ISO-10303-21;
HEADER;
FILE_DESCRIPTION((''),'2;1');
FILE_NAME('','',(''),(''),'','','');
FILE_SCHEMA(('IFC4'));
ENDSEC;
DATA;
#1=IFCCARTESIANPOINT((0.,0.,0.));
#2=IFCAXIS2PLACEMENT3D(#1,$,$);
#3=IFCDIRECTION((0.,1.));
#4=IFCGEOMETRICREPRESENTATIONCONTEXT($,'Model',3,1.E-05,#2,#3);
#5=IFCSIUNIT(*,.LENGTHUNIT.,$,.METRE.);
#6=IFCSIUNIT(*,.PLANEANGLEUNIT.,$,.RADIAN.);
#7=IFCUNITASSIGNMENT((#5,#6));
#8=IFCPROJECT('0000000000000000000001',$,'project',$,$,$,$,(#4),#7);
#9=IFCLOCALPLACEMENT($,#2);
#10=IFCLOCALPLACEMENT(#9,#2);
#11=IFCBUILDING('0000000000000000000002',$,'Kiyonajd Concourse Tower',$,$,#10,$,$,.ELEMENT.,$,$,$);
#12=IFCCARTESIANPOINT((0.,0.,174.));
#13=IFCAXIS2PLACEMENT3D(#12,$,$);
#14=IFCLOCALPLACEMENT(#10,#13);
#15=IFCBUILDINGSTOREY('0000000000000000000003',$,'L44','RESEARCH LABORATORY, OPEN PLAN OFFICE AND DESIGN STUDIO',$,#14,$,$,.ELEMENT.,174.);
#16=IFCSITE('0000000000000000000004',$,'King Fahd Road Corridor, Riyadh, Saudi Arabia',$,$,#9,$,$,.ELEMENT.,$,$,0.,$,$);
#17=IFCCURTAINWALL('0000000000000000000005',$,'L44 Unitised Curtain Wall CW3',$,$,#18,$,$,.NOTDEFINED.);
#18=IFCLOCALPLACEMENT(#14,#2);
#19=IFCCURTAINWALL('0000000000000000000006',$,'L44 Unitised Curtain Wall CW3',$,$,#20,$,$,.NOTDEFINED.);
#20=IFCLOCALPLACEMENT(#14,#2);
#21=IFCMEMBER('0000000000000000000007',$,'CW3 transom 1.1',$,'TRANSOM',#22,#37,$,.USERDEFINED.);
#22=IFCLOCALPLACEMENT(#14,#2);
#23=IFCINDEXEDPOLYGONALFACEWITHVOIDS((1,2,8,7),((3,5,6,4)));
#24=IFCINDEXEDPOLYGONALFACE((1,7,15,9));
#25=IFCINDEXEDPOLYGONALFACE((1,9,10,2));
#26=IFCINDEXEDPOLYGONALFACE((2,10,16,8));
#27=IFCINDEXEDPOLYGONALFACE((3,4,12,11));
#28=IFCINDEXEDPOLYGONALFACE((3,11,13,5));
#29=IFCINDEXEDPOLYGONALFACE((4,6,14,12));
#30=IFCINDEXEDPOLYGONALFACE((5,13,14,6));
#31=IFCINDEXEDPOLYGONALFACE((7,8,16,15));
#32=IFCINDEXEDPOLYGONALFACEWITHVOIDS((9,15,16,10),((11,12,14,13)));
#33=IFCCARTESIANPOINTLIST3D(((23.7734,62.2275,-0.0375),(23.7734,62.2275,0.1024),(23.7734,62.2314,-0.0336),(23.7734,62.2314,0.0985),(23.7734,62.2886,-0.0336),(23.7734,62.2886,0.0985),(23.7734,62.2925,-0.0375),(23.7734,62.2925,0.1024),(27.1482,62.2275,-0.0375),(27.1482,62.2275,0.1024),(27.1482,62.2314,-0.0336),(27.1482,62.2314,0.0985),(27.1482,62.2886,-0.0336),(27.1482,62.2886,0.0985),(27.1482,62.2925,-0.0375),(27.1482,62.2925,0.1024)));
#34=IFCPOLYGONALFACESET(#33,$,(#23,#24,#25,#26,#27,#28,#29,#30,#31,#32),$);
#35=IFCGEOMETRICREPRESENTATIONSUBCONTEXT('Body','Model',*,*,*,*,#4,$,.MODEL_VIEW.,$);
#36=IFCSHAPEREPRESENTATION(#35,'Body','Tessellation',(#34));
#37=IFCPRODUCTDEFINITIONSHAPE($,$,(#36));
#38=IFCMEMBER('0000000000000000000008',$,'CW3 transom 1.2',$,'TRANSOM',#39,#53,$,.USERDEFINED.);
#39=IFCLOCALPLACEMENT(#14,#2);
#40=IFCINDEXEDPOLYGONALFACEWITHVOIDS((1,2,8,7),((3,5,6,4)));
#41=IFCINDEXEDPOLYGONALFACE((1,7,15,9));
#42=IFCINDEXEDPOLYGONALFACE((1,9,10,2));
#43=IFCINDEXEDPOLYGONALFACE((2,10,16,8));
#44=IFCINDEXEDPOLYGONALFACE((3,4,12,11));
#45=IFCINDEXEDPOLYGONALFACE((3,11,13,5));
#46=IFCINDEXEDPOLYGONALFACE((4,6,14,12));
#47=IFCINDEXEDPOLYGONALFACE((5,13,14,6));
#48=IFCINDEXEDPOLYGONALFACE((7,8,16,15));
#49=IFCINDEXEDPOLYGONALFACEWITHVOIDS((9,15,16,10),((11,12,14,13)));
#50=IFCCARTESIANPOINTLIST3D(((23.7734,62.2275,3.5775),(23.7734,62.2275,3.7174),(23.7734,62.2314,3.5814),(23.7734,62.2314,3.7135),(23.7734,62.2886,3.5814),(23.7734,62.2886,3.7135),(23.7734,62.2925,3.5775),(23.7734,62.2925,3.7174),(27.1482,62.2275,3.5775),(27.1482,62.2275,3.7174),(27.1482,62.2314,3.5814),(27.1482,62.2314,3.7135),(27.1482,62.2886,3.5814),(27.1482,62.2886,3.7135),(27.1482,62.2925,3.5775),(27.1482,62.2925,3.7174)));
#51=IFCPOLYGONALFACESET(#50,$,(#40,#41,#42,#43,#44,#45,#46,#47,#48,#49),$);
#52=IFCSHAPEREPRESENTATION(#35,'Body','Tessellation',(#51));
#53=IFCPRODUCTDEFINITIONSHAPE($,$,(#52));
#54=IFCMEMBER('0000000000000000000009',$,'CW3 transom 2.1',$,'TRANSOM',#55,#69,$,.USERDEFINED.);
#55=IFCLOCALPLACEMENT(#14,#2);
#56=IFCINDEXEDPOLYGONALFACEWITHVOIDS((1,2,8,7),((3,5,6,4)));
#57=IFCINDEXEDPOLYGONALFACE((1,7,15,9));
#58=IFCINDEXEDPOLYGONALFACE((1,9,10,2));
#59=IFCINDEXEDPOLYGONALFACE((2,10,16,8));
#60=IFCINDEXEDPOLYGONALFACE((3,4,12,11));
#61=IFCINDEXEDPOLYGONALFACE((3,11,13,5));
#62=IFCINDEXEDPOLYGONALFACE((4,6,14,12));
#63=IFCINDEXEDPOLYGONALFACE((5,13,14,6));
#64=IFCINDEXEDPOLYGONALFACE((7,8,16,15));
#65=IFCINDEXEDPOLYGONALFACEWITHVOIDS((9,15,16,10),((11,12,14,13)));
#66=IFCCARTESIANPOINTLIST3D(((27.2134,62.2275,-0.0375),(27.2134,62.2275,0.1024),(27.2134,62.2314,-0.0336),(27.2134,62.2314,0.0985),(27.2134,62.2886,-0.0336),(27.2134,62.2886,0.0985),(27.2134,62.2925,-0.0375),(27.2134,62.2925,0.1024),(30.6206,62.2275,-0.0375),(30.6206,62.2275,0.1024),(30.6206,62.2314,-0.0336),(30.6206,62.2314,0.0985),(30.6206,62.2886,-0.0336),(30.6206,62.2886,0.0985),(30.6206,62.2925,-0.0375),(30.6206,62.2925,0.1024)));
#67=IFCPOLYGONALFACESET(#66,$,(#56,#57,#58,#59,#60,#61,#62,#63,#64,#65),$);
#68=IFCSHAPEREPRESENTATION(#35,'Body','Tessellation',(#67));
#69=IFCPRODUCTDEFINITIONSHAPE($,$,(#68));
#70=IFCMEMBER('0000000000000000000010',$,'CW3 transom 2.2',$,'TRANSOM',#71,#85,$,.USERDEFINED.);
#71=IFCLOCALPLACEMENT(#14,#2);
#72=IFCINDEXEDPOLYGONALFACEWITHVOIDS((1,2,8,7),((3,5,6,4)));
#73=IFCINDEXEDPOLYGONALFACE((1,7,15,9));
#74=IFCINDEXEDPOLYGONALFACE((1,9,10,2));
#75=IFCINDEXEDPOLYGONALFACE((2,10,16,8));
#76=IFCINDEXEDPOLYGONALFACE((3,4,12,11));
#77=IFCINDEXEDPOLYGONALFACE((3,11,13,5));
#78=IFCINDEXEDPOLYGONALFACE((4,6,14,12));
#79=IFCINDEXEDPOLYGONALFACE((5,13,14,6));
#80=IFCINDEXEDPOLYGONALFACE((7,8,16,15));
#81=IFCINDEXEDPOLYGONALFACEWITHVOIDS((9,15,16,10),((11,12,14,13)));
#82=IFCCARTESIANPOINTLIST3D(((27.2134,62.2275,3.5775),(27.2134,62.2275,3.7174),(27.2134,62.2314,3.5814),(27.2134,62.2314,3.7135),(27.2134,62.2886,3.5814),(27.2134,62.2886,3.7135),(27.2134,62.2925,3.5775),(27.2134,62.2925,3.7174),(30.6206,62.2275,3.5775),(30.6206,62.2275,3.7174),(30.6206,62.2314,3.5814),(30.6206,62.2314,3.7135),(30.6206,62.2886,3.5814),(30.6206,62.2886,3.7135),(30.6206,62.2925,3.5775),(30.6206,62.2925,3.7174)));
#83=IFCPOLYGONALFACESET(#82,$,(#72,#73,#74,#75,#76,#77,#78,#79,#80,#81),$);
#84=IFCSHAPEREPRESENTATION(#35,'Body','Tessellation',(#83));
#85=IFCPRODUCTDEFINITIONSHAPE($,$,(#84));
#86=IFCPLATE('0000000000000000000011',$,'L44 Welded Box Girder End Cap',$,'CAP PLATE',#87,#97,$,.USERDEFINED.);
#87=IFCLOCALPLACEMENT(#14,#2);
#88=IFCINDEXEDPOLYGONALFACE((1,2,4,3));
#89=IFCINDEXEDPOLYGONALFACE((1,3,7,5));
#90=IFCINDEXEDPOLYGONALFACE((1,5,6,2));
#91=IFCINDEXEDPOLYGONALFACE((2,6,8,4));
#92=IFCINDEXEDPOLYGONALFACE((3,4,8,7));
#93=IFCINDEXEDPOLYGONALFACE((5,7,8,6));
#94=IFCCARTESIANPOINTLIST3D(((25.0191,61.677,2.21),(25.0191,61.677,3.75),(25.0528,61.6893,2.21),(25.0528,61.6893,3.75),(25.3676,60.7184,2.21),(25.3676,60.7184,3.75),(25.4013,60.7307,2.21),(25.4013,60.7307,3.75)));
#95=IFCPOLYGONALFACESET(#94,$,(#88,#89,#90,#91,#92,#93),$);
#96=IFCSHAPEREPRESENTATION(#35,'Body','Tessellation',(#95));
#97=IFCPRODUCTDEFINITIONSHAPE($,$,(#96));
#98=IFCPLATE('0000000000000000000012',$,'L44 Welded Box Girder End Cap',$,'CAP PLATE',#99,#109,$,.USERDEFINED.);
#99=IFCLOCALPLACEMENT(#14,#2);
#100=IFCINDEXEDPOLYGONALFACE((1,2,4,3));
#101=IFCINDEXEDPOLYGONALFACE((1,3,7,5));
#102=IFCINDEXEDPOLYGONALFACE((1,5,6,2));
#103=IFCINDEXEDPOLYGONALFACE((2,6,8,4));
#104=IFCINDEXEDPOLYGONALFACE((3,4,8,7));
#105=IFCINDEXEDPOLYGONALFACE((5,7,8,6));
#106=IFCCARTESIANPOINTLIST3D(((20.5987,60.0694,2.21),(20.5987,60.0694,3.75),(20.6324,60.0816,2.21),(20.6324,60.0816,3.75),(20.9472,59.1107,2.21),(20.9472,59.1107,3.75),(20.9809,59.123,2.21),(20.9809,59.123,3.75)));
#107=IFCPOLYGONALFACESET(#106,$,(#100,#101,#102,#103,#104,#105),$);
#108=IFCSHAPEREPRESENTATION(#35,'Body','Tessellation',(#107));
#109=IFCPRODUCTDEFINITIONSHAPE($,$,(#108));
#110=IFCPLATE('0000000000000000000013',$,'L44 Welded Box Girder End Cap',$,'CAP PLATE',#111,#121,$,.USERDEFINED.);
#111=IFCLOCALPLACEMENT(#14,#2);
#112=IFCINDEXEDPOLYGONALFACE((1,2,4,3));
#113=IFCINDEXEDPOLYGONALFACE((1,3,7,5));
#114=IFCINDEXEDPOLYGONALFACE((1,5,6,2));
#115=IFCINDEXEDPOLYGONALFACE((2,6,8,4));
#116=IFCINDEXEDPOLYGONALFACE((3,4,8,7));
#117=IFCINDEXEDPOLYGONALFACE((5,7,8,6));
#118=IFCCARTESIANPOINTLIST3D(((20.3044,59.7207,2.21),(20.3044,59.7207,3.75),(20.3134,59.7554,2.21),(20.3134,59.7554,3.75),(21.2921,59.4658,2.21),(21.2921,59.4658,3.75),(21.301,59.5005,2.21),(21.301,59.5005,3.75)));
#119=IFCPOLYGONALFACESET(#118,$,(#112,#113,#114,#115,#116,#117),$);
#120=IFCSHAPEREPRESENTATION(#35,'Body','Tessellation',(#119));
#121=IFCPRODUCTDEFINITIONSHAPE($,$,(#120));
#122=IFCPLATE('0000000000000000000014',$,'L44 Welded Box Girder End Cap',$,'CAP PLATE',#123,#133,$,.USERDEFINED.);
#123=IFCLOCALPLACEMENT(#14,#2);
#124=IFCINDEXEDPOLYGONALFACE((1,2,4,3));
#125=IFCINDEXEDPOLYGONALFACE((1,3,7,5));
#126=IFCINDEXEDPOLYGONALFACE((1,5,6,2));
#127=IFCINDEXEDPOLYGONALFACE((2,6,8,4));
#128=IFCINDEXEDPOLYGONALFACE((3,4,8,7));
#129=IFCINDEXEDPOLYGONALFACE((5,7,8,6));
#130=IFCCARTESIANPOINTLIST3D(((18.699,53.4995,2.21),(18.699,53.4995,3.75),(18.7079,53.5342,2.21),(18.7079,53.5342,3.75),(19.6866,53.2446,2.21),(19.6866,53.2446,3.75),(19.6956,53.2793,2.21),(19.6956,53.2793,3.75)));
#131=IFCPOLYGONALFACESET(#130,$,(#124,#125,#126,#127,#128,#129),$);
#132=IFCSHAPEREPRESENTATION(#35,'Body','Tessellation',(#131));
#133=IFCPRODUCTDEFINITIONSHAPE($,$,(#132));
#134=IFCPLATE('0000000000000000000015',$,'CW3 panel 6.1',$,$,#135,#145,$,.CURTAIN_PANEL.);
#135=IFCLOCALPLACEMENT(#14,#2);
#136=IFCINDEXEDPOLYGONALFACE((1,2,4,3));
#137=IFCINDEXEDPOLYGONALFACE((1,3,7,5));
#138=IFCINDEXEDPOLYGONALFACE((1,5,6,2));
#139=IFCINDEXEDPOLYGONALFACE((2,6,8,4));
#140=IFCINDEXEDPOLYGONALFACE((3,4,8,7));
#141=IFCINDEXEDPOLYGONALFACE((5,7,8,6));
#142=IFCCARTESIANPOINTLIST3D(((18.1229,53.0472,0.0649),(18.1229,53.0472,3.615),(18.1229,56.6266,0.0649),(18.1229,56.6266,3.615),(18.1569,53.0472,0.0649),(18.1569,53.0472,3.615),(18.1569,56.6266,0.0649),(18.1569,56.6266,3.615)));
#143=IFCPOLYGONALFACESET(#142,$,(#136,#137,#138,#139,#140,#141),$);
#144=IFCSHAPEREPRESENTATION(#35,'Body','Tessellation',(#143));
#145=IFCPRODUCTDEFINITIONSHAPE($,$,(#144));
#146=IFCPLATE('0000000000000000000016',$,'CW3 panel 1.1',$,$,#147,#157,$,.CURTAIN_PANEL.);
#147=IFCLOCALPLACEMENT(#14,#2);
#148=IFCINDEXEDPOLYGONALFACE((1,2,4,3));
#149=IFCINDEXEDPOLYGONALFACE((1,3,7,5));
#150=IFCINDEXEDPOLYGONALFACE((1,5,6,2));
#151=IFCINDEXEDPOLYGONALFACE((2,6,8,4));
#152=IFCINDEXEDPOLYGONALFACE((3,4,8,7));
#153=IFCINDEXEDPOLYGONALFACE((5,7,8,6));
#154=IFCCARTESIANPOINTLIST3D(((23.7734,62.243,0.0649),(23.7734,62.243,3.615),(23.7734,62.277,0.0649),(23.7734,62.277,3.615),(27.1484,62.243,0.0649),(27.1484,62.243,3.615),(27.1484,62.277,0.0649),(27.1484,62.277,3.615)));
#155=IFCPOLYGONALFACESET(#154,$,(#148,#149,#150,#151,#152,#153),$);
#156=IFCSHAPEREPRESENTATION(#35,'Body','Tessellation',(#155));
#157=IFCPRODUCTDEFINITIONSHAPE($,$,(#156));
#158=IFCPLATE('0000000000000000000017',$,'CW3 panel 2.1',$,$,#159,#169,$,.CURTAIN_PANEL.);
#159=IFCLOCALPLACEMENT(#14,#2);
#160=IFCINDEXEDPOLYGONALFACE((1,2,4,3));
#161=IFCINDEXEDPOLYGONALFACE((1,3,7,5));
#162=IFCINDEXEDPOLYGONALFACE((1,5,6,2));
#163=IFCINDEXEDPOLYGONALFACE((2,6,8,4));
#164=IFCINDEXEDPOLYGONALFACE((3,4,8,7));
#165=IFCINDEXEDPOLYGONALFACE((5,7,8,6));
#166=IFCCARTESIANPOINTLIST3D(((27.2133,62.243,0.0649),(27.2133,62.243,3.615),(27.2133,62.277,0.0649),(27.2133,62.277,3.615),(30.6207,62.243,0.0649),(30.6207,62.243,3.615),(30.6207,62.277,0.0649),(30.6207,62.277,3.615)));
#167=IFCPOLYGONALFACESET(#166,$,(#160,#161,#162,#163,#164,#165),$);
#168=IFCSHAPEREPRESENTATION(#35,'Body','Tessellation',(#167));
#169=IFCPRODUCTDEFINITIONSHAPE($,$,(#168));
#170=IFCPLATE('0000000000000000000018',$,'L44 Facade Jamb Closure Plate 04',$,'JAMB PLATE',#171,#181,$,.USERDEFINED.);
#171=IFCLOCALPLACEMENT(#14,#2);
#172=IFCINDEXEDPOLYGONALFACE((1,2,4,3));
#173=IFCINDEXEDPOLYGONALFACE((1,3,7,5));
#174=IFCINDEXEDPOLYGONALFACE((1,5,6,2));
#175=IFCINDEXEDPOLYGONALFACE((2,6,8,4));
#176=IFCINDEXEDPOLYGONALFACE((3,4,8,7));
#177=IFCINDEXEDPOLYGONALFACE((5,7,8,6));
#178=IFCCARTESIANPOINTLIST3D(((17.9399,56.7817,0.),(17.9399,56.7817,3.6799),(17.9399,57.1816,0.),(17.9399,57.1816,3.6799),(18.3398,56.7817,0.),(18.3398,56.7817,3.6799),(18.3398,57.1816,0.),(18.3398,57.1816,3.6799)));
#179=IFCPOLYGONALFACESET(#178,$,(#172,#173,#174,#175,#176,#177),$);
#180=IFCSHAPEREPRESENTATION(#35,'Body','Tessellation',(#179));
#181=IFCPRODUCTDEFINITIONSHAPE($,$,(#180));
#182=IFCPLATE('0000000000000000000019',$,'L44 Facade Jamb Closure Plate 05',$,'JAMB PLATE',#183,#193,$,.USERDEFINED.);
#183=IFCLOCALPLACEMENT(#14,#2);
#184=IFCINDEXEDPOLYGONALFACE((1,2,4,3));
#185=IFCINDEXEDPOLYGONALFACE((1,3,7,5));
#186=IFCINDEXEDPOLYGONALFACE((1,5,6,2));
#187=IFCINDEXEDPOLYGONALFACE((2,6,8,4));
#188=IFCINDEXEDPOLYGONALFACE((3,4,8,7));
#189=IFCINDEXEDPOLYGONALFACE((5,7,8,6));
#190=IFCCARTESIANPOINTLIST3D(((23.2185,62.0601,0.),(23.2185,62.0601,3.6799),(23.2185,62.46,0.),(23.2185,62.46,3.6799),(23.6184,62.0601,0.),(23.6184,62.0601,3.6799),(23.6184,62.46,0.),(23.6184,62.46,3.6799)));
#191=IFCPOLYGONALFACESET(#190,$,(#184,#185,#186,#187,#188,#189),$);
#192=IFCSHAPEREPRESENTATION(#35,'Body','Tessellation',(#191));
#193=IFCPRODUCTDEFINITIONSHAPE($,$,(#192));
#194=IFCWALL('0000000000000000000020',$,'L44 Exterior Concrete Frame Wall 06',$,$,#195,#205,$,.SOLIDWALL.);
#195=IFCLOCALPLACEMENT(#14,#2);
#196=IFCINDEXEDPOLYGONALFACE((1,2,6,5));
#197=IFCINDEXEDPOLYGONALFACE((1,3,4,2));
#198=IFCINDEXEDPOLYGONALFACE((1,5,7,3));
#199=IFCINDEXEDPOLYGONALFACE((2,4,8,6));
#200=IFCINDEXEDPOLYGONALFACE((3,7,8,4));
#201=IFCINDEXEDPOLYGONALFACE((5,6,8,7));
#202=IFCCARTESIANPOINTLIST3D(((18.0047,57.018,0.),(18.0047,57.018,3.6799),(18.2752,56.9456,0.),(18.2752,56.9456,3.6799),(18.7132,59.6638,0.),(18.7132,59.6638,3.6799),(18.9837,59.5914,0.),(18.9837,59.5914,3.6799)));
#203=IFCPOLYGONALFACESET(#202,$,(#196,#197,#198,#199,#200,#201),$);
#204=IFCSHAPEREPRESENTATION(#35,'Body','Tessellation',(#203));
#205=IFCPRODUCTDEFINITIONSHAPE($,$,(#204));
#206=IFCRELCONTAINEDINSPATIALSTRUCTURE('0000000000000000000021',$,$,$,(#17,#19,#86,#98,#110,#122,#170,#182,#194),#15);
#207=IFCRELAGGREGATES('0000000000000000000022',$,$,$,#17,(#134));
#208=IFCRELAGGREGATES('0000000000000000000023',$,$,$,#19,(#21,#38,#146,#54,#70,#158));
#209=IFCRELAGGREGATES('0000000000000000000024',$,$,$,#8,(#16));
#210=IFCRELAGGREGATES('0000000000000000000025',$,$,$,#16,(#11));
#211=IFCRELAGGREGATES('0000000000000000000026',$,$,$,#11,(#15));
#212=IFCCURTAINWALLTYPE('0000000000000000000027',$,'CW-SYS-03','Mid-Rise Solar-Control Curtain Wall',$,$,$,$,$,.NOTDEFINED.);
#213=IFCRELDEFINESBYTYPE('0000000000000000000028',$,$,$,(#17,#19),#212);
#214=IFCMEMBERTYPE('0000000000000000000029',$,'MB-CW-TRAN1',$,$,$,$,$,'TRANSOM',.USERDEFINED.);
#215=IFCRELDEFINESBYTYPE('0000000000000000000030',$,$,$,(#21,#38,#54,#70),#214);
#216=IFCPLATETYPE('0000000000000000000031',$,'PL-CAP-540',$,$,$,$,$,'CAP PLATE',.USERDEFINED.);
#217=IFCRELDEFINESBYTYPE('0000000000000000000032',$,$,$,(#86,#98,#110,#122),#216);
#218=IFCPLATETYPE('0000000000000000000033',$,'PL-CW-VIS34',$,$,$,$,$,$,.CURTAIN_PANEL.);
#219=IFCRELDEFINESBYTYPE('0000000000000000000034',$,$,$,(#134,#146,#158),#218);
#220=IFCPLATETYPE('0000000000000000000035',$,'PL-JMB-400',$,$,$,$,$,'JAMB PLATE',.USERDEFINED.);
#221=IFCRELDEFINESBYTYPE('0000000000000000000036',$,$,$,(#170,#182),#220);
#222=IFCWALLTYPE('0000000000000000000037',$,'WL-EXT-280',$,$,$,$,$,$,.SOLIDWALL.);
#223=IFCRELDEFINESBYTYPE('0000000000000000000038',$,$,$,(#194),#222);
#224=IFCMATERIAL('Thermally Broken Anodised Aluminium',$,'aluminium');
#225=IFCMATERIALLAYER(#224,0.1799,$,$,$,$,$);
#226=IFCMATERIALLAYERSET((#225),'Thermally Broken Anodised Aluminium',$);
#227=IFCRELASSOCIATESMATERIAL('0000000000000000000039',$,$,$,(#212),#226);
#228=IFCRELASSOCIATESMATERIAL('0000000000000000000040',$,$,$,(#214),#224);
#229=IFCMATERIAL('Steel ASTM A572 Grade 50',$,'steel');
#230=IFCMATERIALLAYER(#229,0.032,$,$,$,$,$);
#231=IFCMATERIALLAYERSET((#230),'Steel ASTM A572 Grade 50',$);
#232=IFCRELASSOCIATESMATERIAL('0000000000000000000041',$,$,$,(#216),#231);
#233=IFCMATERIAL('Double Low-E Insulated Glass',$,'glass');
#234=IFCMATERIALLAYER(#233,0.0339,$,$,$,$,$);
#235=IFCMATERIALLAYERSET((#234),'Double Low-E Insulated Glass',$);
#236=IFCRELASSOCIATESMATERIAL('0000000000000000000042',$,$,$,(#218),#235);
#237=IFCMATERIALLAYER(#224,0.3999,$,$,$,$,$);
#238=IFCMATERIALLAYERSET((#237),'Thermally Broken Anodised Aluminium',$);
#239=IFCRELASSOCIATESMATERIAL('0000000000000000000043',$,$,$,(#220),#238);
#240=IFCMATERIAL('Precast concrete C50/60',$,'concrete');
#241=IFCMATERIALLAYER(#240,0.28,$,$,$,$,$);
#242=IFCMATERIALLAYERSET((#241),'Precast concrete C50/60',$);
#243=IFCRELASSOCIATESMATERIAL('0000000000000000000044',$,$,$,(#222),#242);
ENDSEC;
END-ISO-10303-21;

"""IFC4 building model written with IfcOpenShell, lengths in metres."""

from ifc_helpers import new_model, si_unit, direction, frame, frame_2d, origin, origin_2d, place, context, subcontext, project, spatial, rectangle, hollow_rectangle, extrude, material, layer, layer_set, material_profile, profile_set, type_object, element, aggregate, save


model = new_model("IFC4")

# Units and contexts
model_context = context("Model", 3, precision=1e-05, world=origin(), true_north=direction((0.0, 1.0)))
body_context = subcontext(model_context, "Body", "Model", "MODEL_VIEW")
ifc_project = project(units=[si_unit("LENGTHUNIT", "METRE"), si_unit("PLANEANGLEUNIT", "RADIAN")], contexts=[model_context])

# Site, building, storey
site_placement = place(None, origin())
site = spatial("IfcSite", under=ifc_project, at=site_placement, Name="King Fahd Road Corridor, Riyadh, Saudi Arabia", CompositionType="ELEMENT", RefElevation=0.0)
building_placement = place(site_placement, origin())
building = spatial("IfcBuilding", under=site, at=building_placement, Name="Kiyonajd Concourse Tower", CompositionType="ELEMENT")
storey_placement = place(building_placement, frame((0.0, 0.0, 174.0)))
storey = spatial("IfcBuildingStorey", under=building, at=storey_placement, Name="L44", Description="RESEARCH LABORATORY, OPEN PLAN OFFICE AND DESIGN STUDIO", CompositionType="ELEMENT", Elevation=174.0)

# Shared definitions
ifc_material_1 = material(Name="Steel ASTM A572 Grade 50", Category="steel")

# Curtain wall
ifc_material_2 = material(Name="Thermally Broken Anodised Aluminium", Category="aluminium")
ifc_layer_1 = layer(ifc_material_2, 0.1799)
ifc_layer_set_1 = layer_set([ifc_layer_1], Name="Thermally Broken Anodised Aluminium")
curtain_wall_type = type_object("IfcCurtainWallType", Name="CW-SYS-03", Description="Mid-Rise Solar-Control Curtain Wall", PredefinedType="NOTDEFINED", material=ifc_layer_set_1)
curtain_wall_1_placement = place(storey_placement, origin())
curtain_wall_1 = element("IfcCurtainWall", 1, at=curtain_wall_1_placement, inside=storey, type_object=curtain_wall_type, Name="L44 Unitised Curtain Wall CW3", PredefinedType="NOTDEFINED")

# Curtain wall, members
curtain_wall_2_placement = place(storey_placement, origin())
curtain_wall_2 = element("IfcCurtainWall", 2, at=curtain_wall_2_placement, inside=storey, type_object=curtain_wall_type, Name="L44 Unitised Curtain Wall CW3", PredefinedType="NOTDEFINED")
ifc_material_profile_1 = material_profile(ifc_material_2, hollow_rectangle(XDim=0.0649, YDim=0.1399, WallThickness=0.0039, at=origin_2d()), Name="TRAN-65x140")
ifc_profile_set_1 = profile_set([ifc_material_profile_1], Name="Thermally Broken Anodised Aluminium")
member_type_1 = type_object("IfcMemberType", Name="MB-CW-TRAN1", ElementType="TRANSOM", PredefinedType="USERDEFINED", material=ifc_profile_set_1)
member_1_placement = place(storey_placement, frame((23.7734, 62.26, 0.0325), z_axis=(1.0, 0.0, 0.0), x_axis=(0.0, 1.0, 0.0)))
member_1 = element("IfcMember", 3, at=member_1_placement, type_object=member_type_1, Name="CW3 transom 1.1", ObjectType="TRANSOM", PredefinedType="USERDEFINED", context=body_context, shape_type="SweptSolid", body=[
    extrude(hollow_rectangle(XDim=0.0649, YDim=0.1399, WallThickness=0.0039, at=origin_2d()), origin(), (0.0, 0.0, 1.0), 3.3748),
])
member_2_placement = place(storey_placement, frame((23.7734, 62.26, 3.6475), z_axis=(1.0, 0.0, 0.0), x_axis=(0.0, 1.0, 0.0)))
member_2 = element("IfcMember", 4, at=member_2_placement, type_object=member_type_1, Name="CW3 transom 1.2", ObjectType="TRANSOM", PredefinedType="USERDEFINED", context=body_context, shape_type="SweptSolid", body=[
    extrude(hollow_rectangle(XDim=0.0649, YDim=0.1399, WallThickness=0.0039, at=origin_2d()), origin(), (0.0, 0.0, 1.0), 3.3748),
])
member_3_placement = place(storey_placement, frame((27.2134, 62.26, 0.0325), z_axis=(1.0, 0.0, 0.0), x_axis=(0.0, 1.0, 0.0)))
member_3 = element("IfcMember", 5, at=member_3_placement, type_object=member_type_1, Name="CW3 transom 2.1", ObjectType="TRANSOM", PredefinedType="USERDEFINED", context=body_context, shape_type="SweptSolid", body=[
    extrude(hollow_rectangle(XDim=0.0649, YDim=0.1399, WallThickness=0.0039, at=origin_2d()), origin(), (0.0, 0.0, 1.0), 3.4072),
])
member_4_placement = place(storey_placement, frame((27.2134, 62.26, 3.6475), z_axis=(1.0, 0.0, 0.0), x_axis=(0.0, 1.0, 0.0)))
member_4 = element("IfcMember", 6, at=member_4_placement, type_object=member_type_1, Name="CW3 transom 2.2", ObjectType="TRANSOM", PredefinedType="USERDEFINED", context=body_context, shape_type="SweptSolid", body=[
    extrude(hollow_rectangle(XDim=0.0649, YDim=0.1399, WallThickness=0.0039, at=origin_2d()), origin(), (0.0, 0.0, 1.0), 3.4072),
])

# Plates
ifc_layer_2 = layer(ifc_material_1, 0.032)
ifc_layer_set_2 = layer_set([ifc_layer_2], Name="Steel ASTM A572 Grade 50")
plate_type_1 = type_object("IfcPlateType", Name="PL-CAP-540", ElementType="CAP PLATE", PredefinedType="USERDEFINED", material=ifc_layer_set_2)
for number, where, z_axis, x_axis, name in (
    (7, (25.2102, 61.2039, 2.21), (0.0, 0.0, 1.0), (0.939812, 0.341692, 0.0), "L44 Welded Box Girder End Cap"),
    (8, (20.7898, 59.5962, 2.21), (0.0, 0.0, 1.0), (-0.939812, -0.341692, 0.0), "L44 Welded Box Girder End Cap"),
    (9, (20.8027, 59.6106, 2.21), (0.0, 0.0, 1.0), (0.249873, 0.968279, 0.0), "L44 Welded Box Girder End Cap"),
    (10, (19.1973, 53.3894, 2.21), (0.0, 0.0, 1.0), (-0.249873, -0.968279, 0.0), "L44 Welded Box Girder End Cap"),
):
    element("IfcPlate", number, at=place(storey_placement, frame(where, z_axis=z_axis, x_axis=x_axis)), inside=storey, type_object=plate_type_1, Name=name, ObjectType="CAP PLATE", PredefinedType="USERDEFINED", context=body_context, shape_type="SweptSolid", body=[
        extrude(rectangle(XDim=0.0359, YDim=1.02, at=origin_2d()), origin(), (0.0, 0.0, 1.0), 1.54),
    ])

# Plates
ifc_material_3 = material(Name="Double Low-E Insulated Glass", Category="glass")
ifc_layer_3 = layer(ifc_material_3, 0.0339)
ifc_layer_set_3 = layer_set([ifc_layer_3], Name="Double Low-E Insulated Glass")
plate_type_2 = type_object("IfcPlateType", Name="PL-CW-VIS34", PredefinedType="CURTAIN_PANEL", material=ifc_layer_set_3)
plate_1_placement = place(storey_placement, frame((18.1399, 54.8369, 0.0649), z_axis=(0.0, 0.0, 1.0), x_axis=(0.0, 1.0, 0.0)))
plate_1 = element("IfcPlate", 11, at=plate_1_placement, type_object=plate_type_2, Name="CW3 panel 6.1", PredefinedType="CURTAIN_PANEL", context=body_context, shape_type="SweptSolid", body=[
    extrude(rectangle(XDim=3.5793, YDim=0.0339, at=origin_2d()), origin(), (0.0, 0.0, 1.0), 3.55),
])
aggregate(curtain_wall_1, [plate_1])
plate_2_placement = place(storey_placement, frame((25.4609, 62.26, 0.0649), z_axis=(0.0, 0.0, 1.0), x_axis=(1.0, 0.0, 0.0)))
plate_2 = element("IfcPlate", 12, at=plate_2_placement, type_object=plate_type_2, Name="CW3 panel 1.1", PredefinedType="CURTAIN_PANEL", context=body_context, shape_type="SweptSolid", body=[
    extrude(rectangle(XDim=3.375, YDim=0.0339, at=origin_2d()), origin(), (0.0, 0.0, 1.0), 3.55),
])
plate_3_placement = place(storey_placement, frame((28.917, 62.26, 0.0649), z_axis=(0.0, 0.0, 1.0), x_axis=(1.0, 0.0, 0.0)))
plate_3 = element("IfcPlate", 13, at=plate_3_placement, type_object=plate_type_2, Name="CW3 panel 2.1", PredefinedType="CURTAIN_PANEL", context=body_context, shape_type="SweptSolid", body=[
    extrude(rectangle(XDim=3.4075, YDim=0.0339, at=origin_2d()), origin(), (0.0, 0.0, 1.0), 3.55),
])
aggregate(curtain_wall_2, [member_1, member_2, plate_2, member_3, member_4, plate_3])

# Plates
ifc_layer_4 = layer(ifc_material_2, 0.3999)
ifc_layer_set_4 = layer_set([ifc_layer_4], Name="Thermally Broken Anodised Aluminium")
plate_type_3 = type_object("IfcPlateType", Name="PL-JMB-400", ElementType="JAMB PLATE", PredefinedType="USERDEFINED", material=ifc_layer_set_4)
for number, where, z_axis, x_axis, name in (
    (14, (18.1399, 56.9817, 0.0), (0.0, 0.0, 1.0), (1.0, 0.0, 0.0), "L44 Facade Jamb Closure Plate 04"),
    (15, (23.4185, 62.26, 0.0), (0.0, 0.0, 1.0), (1.0, 0.0, 0.0), "L44 Facade Jamb Closure Plate 05"),
):
    element("IfcPlate", number, at=place(storey_placement, frame(where, z_axis=z_axis, x_axis=x_axis)), inside=storey, type_object=plate_type_3, Name=name, ObjectType="JAMB PLATE", PredefinedType="USERDEFINED", context=body_context, shape_type="SweptSolid", body=[
        extrude(rectangle(XDim=0.3999, YDim=0.3999, at=origin_2d()), origin(), (0.0, 0.0, 1.0), 3.6799),
    ])

# Wall
ifc_material_4 = material(Name="Precast concrete C50/60", Category="concrete")
ifc_layer_5 = layer(ifc_material_4, 0.28)
ifc_layer_set_5 = layer_set([ifc_layer_5], Name="Precast concrete C50/60")
wall_type = type_object("IfcWallType", Name="WL-EXT-280", PredefinedType="SOLIDWALL", material=ifc_layer_set_5)
wall_1_placement = place(storey_placement, frame((18.1399, 56.9817, 0.0), z_axis=(0.0, 0.0, 1.0), x_axis=(0.258672, 0.965965, 0.0)))
element("IfcWall", 16, at=wall_1_placement, inside=storey, type_object=wall_type, Name="L44 Exterior Concrete Frame Wall 06", PredefinedType="SOLIDWALL", context=body_context, shape_type="SweptSolid", body=[
    extrude(rectangle(XDim=2.739, YDim=0.28, at=frame_2d((1.3696, 0.0))), origin(), (0.0, 0.0, 1.0), 3.6799),
])

save(model, "model.ifc")
